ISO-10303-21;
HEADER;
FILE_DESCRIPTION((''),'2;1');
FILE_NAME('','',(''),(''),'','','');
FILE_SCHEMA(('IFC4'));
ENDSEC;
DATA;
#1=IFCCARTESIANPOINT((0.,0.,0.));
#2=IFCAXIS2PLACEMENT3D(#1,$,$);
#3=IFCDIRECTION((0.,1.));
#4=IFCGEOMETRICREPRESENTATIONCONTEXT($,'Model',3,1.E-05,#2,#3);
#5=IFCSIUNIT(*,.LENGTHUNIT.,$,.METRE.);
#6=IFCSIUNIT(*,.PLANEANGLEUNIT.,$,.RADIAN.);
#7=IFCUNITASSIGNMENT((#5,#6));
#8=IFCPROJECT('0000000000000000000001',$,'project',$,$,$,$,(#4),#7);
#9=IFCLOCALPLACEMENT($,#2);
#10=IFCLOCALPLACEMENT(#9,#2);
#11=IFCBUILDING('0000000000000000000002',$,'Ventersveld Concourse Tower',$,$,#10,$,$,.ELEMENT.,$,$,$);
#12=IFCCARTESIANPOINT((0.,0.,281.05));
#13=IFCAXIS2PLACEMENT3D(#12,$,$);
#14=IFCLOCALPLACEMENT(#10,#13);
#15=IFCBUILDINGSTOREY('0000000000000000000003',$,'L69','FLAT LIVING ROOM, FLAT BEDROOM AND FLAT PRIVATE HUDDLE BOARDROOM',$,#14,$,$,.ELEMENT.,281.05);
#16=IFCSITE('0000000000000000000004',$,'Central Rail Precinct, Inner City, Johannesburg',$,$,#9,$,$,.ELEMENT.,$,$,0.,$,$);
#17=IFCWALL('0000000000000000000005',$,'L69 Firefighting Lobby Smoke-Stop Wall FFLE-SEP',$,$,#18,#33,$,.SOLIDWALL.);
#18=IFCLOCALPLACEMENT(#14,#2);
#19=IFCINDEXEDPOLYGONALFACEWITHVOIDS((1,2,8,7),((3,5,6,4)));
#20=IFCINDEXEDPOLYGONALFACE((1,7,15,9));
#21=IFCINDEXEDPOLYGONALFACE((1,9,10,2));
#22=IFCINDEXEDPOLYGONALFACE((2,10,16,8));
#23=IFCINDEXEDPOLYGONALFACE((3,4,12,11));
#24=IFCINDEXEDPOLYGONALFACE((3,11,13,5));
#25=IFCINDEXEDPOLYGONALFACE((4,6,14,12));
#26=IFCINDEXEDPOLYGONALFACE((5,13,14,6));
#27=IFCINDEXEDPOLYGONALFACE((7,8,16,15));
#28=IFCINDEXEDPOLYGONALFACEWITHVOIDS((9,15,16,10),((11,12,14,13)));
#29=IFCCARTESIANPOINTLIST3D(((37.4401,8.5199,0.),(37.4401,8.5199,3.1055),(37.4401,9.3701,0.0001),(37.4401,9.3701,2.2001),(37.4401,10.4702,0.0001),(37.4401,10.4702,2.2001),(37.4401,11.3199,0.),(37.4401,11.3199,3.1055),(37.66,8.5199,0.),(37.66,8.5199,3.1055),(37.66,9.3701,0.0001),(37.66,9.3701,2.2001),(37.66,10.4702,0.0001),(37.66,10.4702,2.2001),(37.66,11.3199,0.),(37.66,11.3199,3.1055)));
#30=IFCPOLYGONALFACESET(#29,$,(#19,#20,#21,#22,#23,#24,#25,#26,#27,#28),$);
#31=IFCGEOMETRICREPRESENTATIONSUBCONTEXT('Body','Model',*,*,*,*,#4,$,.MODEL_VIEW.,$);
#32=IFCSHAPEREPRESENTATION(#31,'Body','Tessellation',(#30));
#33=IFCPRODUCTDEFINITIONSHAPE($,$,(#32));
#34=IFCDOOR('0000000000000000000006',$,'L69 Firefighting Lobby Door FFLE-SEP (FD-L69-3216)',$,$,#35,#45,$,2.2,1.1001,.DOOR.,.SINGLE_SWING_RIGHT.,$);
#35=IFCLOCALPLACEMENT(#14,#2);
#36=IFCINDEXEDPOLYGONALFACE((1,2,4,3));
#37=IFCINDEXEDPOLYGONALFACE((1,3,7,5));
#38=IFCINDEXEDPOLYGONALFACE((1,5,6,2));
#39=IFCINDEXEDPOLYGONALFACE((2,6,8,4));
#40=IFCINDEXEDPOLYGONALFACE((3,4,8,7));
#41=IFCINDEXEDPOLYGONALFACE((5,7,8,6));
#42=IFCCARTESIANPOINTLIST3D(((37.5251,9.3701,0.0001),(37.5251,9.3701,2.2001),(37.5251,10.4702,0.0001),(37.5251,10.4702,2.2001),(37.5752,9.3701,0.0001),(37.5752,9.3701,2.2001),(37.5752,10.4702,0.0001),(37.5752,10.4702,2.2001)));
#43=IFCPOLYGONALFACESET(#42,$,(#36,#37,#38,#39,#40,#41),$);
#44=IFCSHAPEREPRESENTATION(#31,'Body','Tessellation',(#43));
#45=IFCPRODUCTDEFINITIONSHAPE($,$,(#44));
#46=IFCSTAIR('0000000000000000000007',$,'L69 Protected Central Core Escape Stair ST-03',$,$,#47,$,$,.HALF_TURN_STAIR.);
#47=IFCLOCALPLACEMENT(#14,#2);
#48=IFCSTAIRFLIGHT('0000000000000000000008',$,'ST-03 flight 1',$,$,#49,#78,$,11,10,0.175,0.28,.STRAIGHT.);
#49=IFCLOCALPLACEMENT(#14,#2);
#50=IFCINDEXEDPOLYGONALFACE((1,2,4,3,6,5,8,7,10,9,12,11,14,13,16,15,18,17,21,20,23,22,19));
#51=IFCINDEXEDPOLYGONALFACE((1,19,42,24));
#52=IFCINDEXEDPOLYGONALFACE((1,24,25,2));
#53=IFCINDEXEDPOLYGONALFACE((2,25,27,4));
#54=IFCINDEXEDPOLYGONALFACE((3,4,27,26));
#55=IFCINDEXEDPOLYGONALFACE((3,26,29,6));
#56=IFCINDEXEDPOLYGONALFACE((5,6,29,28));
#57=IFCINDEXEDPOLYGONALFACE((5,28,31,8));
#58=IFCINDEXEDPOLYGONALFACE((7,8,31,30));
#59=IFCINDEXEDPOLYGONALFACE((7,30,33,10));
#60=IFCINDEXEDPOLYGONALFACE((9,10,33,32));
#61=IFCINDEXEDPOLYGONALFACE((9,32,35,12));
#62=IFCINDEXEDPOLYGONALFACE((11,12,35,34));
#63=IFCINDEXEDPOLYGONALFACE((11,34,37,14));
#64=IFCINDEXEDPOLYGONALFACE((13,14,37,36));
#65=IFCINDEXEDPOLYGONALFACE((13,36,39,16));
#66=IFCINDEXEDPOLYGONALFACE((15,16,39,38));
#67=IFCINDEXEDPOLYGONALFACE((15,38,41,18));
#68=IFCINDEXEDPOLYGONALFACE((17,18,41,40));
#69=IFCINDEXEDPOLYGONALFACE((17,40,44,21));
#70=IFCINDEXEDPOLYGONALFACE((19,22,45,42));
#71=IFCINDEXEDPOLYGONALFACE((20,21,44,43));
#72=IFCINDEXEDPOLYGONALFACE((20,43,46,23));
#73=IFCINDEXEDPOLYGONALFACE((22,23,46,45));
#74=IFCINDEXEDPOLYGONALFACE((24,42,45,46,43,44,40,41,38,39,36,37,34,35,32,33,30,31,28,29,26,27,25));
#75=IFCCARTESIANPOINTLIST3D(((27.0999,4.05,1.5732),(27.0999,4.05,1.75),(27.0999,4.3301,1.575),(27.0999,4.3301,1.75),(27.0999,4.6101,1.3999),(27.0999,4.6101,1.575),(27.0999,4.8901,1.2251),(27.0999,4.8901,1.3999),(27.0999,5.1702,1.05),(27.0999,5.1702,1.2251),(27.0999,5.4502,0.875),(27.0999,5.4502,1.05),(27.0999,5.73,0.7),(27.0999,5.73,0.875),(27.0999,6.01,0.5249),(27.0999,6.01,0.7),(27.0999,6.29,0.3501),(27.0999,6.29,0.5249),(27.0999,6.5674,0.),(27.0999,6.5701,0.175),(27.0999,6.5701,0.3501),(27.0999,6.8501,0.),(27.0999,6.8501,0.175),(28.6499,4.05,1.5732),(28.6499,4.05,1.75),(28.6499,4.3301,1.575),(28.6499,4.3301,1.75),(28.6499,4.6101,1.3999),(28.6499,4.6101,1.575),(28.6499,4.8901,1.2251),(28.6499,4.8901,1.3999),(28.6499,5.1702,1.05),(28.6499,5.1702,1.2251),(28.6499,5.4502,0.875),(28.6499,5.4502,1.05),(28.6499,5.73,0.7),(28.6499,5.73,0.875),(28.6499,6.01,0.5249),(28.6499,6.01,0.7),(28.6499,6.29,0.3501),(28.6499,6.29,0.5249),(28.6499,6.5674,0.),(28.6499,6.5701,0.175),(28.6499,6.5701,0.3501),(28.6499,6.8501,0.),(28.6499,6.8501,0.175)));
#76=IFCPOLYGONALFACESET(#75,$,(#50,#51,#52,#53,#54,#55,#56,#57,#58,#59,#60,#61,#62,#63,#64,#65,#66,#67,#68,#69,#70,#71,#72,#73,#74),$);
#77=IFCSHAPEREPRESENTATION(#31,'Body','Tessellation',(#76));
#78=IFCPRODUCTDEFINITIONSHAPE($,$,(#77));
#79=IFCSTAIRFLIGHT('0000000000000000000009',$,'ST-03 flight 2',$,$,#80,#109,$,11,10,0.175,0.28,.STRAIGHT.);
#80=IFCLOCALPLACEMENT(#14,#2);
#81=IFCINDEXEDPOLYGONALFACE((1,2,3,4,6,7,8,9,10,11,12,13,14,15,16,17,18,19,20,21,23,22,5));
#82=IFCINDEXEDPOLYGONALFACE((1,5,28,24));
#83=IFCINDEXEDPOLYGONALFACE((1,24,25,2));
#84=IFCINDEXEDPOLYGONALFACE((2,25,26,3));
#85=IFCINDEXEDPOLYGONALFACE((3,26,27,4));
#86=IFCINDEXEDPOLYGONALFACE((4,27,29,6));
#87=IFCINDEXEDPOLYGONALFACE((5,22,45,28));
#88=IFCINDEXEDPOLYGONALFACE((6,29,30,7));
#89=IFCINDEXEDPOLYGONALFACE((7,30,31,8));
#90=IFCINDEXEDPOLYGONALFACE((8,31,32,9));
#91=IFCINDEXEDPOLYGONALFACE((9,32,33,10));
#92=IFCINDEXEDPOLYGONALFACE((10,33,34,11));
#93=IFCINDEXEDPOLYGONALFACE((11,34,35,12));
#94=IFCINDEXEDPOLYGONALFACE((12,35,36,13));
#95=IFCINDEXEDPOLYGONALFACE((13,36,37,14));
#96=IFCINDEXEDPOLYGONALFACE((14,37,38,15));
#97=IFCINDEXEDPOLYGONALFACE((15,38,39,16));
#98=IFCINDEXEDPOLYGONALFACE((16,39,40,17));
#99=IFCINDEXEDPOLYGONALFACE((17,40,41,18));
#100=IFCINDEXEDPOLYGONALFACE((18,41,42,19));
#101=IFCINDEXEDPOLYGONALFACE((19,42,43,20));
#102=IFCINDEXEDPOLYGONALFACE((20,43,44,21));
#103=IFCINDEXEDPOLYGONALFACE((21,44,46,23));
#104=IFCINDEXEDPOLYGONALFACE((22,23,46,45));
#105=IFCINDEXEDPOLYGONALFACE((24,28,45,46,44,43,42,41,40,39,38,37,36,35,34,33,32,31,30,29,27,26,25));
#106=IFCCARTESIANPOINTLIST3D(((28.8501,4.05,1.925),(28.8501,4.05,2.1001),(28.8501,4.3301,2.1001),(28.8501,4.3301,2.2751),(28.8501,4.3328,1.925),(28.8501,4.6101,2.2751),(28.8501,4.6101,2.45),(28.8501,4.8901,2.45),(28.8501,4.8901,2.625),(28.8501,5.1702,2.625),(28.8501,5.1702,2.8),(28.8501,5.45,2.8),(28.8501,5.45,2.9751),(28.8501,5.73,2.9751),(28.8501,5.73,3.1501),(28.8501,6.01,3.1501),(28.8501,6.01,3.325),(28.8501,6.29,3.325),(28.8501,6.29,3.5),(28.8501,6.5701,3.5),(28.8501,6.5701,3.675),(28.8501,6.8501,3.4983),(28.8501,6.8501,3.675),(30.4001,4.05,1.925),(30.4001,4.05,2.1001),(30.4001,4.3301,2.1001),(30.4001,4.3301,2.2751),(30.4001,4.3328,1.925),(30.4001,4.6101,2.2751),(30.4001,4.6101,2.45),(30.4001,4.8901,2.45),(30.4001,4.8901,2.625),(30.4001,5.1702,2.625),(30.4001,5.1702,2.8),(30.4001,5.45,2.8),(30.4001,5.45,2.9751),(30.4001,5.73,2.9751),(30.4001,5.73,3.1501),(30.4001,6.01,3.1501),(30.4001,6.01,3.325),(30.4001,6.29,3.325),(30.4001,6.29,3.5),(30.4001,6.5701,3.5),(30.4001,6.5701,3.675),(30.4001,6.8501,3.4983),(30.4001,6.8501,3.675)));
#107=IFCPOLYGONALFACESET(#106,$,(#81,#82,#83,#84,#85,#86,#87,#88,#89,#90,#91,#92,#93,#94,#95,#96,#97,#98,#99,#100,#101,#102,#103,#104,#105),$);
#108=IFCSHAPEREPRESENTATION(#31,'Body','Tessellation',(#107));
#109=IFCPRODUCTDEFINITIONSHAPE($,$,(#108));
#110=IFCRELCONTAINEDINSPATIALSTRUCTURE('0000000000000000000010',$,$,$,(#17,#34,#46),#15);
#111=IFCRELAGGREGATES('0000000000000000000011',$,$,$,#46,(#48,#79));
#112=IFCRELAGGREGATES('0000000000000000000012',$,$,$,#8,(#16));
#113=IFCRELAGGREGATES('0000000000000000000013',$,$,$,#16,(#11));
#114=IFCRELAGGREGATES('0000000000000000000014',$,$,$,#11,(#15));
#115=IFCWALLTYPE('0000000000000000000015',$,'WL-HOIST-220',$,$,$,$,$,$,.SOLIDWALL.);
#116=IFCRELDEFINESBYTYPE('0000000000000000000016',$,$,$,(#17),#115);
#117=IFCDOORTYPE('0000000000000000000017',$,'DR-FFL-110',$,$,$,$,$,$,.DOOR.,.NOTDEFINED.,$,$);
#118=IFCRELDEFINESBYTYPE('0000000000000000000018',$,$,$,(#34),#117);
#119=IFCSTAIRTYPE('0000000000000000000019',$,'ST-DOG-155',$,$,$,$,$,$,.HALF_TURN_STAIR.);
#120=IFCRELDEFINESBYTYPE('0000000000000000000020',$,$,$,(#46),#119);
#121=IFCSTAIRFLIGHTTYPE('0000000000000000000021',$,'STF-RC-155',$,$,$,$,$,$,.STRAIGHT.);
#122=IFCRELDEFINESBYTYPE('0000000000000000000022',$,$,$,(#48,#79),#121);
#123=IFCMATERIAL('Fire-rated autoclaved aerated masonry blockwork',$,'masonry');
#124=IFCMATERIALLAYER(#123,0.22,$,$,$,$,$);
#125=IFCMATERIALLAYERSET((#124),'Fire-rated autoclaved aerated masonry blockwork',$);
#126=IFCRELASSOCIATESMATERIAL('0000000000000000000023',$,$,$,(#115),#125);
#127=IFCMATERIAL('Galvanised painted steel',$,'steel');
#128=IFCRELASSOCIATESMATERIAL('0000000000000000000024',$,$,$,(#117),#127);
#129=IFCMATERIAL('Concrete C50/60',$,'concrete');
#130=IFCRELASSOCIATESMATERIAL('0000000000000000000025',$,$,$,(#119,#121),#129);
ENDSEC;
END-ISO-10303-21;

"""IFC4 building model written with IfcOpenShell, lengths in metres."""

from ifc_helpers import new_model, si_unit, direction, frame, frame_2d, origin, place, context, subcontext, project, spatial, polyline, rectangle, outline, extrude, material, layer, layer_set, type_object, element, fill, aggregate, save


model = new_model("IFC4")

# Units and contexts
model_context = context("Model", 3, precision=1e-05, world=origin(), true_north=direction((0.0, 1.0)))
body_context = subcontext(model_context, "Body", "Model", "MODEL_VIEW")
ifc_project = project(units=[si_unit("LENGTHUNIT", "METRE"), si_unit("PLANEANGLEUNIT", "RADIAN")], contexts=[model_context])

# Site, building, storey
site_placement = place(None, origin())
site = spatial("IfcSite", under=ifc_project, at=site_placement, Name="Central Rail Precinct, Inner City, Johannesburg", CompositionType="ELEMENT", RefElevation=0.0)
building_placement = place(site_placement, origin())
building = spatial("IfcBuilding", under=site, at=building_placement, Name="Ventersveld Concourse Tower", CompositionType="ELEMENT")
storey_placement = place(building_placement, frame((0.0, 0.0, 281.05)))
storey = spatial("IfcBuildingStorey", under=building, at=storey_placement, Name="L69", Description="FLAT LIVING ROOM, FLAT BEDROOM AND FLAT PRIVATE HUDDLE BOARDROOM", CompositionType="ELEMENT", Elevation=281.05)

# Shared definitions
ifc_material_1 = material(Name="Concrete C50/60", Category="concrete")

# Shared definitions
ifc_material_2 = material(Name="Fire-rated autoclaved aerated masonry blockwork", Category="masonry")
ifc_material_3 = material(Name="Galvanised painted steel", Category="steel")

# Shared definitions
ifc_layer_1 = layer(ifc_material_2, 0.22)
ifc_layer_set_1 = layer_set([ifc_layer_1], Name="Fire-rated autoclaved aerated masonry blockwork")
wall_type_1 = type_object("IfcWallType", Name="WL-HOIST-220", PredefinedType="SOLIDWALL", material=ifc_layer_set_1)

# Wall, opening, door
wall_1_placement = place(storey_placement, frame((37.55, 8.52, 0.0), z_axis=(0.0, 0.0, 1.0), x_axis=(0.0, 1.0, 0.0)))
wall_1 = element("IfcWall", 1, at=wall_1_placement, inside=storey, type_object=wall_type_1, Name="L69 Firefighting Lobby Smoke-Stop Wall FFLE-SEP", PredefinedType="SOLIDWALL", context=body_context, shape_type="SweptSolid", body=[
    extrude(rectangle(XDim=2.8, YDim=0.22, at=frame_2d((1.3999, 0.0))), origin(), (0.0, 0.0, 1.0), 3.1055),
])
opening_1_placement = place(wall_1_placement, frame((0.8501, 0.0, 0.0)))
opening_1 = element("IfcOpeningElement", 2, at=opening_1_placement, cuts=wall_1, PredefinedType="OPENING", context=body_context, shape_type="SweptSolid", body=[
    extrude(rectangle(XDim=1.1001, YDim=2.2, at=frame_2d((0.55, 1.1001))), frame((0.0, 0.1201, 0.0), z_axis=(0.0, -1.0, 0.0), x_axis=(1.0, 0.0, 0.0)), (0.0, 0.0, 1.0), 0.24),
])
door_type_1 = type_object("IfcDoorType", Name="DR-FFL-110", OperationType="NOTDEFINED", PredefinedType="DOOR", material=ifc_material_3)
door_1_placement = place(opening_1_placement, origin())
door_1 = element("IfcDoor", 3, at=door_1_placement, inside=storey, type_object=door_type_1, Name="L69 Firefighting Lobby Door FFLE-SEP (FD-L69-3216)", OperationType="SINGLE_SWING_RIGHT", OverallHeight=2.2, OverallWidth=1.1001, PredefinedType="DOOR", context=body_context, shape_type="SweptSolid", body=[
    extrude(rectangle(XDim=1.1001, YDim=2.2, at=frame_2d((0.55, 1.1001))), frame((0.0, 0.0249, 0.0), z_axis=(0.0, -1.0, 0.0), x_axis=(1.0, 0.0, 0.0)), (0.0, 0.0, 1.0), 0.05),
])
fill(opening_1, door_1)

# Stair, stair flights
stair_type = type_object("IfcStairType", Name="ST-DOG-155", PredefinedType="HALF_TURN_STAIR", material=ifc_material_1)
stair_placement = place(storey_placement, origin())
stair = element("IfcStair", 4, at=stair_placement, inside=storey, type_object=stair_type, Name="L69 Protected Central Core Escape Stair ST-03", PredefinedType="HALF_TURN_STAIR")
stair_flight_type = type_object("IfcStairFlightType", Name="STF-RC-155", PredefinedType="STRAIGHT", material=ifc_material_1)
stair_flight_1_placement = place(storey_placement, frame((27.875, 6.8501, 0.0), z_axis=(0.0, 0.0, 1.0), x_axis=(0.0, -1.0, 0.0)))
stair_flight_1 = element("IfcStairFlight", 5, at=stair_flight_1_placement, type_object=stair_flight_type, Name="ST-03 flight 1", NumberOfRisers=11, NumberOfTreads=10, PredefinedType="STRAIGHT", RiserHeight=0.175, TreadLength=0.28, context=body_context, shape_type="SweptSolid", body=[
    extrude(outline(polyline([(0.0, 0.0), (0.0, 0.175), (0.28, 0.175), (0.28, 0.3501), (0.5601, 0.3501), (0.5601, 0.5249), (0.8401, 0.5249), (0.8401, 0.7), (1.1201, 0.7), (1.1201, 0.875), (1.3999, 0.875), (1.3999, 1.05), (1.6799, 1.05), (1.6799, 1.2251), (1.96, 1.2251), (1.96, 1.3999), (2.24, 1.3999), (2.24, 1.575), (2.52, 1.575), (2.52, 1.75), (2.8, 1.75), (2.8, 1.925), (2.8, 1.5732), (0.2827, 0.0), (0.0, 0.0)])), frame((0.0, 0.7749, 0.0), z_axis=(0.0, -1.0, 0.0), x_axis=(1.0, 0.0, 0.0)), (0.0, 0.0, 1.0), 1.55),
])
stair_flight_2_placement = place(storey_placement, frame((29.625, 4.05, 1.925), z_axis=(0.0, 0.0, 1.0), x_axis=(0.0, 1.0, 0.0)))
stair_flight_2 = element("IfcStairFlight", 6, at=stair_flight_2_placement, type_object=stair_flight_type, Name="ST-03 flight 2", NumberOfRisers=11, NumberOfTreads=10, PredefinedType="STRAIGHT", RiserHeight=0.175, TreadLength=0.28, context=body_context, shape_type="SweptSolid", body=[
    extrude(outline(polyline([(0.0, 0.0), (0.0, 0.175), (0.28, 0.175), (0.28, 0.3501), (0.5601, 0.3501), (0.5601, 0.5249), (0.8401, 0.5249), (0.8401, 0.7), (1.1201, 0.7), (1.1201, 0.875), (1.3999, 0.875), (1.3999, 1.05), (1.6799, 1.05), (1.6799, 1.2251), (1.96, 1.2251), (1.96, 1.3999), (2.24, 1.3999), (2.24, 1.575), (2.52, 1.575), (2.52, 1.75), (2.8, 1.75), (2.8, 1.925), (2.8, 1.5732), (0.2827, 0.0), (0.0, 0.0)])), frame((0.0, 0.7749, 0.0), z_axis=(0.0, -1.0, 0.0), x_axis=(1.0, 0.0, 0.0)), (0.0, 0.0, 1.0), 1.55),
])
aggregate(stair, [stair_flight_1, stair_flight_2])

save(model, "model.ifc")
